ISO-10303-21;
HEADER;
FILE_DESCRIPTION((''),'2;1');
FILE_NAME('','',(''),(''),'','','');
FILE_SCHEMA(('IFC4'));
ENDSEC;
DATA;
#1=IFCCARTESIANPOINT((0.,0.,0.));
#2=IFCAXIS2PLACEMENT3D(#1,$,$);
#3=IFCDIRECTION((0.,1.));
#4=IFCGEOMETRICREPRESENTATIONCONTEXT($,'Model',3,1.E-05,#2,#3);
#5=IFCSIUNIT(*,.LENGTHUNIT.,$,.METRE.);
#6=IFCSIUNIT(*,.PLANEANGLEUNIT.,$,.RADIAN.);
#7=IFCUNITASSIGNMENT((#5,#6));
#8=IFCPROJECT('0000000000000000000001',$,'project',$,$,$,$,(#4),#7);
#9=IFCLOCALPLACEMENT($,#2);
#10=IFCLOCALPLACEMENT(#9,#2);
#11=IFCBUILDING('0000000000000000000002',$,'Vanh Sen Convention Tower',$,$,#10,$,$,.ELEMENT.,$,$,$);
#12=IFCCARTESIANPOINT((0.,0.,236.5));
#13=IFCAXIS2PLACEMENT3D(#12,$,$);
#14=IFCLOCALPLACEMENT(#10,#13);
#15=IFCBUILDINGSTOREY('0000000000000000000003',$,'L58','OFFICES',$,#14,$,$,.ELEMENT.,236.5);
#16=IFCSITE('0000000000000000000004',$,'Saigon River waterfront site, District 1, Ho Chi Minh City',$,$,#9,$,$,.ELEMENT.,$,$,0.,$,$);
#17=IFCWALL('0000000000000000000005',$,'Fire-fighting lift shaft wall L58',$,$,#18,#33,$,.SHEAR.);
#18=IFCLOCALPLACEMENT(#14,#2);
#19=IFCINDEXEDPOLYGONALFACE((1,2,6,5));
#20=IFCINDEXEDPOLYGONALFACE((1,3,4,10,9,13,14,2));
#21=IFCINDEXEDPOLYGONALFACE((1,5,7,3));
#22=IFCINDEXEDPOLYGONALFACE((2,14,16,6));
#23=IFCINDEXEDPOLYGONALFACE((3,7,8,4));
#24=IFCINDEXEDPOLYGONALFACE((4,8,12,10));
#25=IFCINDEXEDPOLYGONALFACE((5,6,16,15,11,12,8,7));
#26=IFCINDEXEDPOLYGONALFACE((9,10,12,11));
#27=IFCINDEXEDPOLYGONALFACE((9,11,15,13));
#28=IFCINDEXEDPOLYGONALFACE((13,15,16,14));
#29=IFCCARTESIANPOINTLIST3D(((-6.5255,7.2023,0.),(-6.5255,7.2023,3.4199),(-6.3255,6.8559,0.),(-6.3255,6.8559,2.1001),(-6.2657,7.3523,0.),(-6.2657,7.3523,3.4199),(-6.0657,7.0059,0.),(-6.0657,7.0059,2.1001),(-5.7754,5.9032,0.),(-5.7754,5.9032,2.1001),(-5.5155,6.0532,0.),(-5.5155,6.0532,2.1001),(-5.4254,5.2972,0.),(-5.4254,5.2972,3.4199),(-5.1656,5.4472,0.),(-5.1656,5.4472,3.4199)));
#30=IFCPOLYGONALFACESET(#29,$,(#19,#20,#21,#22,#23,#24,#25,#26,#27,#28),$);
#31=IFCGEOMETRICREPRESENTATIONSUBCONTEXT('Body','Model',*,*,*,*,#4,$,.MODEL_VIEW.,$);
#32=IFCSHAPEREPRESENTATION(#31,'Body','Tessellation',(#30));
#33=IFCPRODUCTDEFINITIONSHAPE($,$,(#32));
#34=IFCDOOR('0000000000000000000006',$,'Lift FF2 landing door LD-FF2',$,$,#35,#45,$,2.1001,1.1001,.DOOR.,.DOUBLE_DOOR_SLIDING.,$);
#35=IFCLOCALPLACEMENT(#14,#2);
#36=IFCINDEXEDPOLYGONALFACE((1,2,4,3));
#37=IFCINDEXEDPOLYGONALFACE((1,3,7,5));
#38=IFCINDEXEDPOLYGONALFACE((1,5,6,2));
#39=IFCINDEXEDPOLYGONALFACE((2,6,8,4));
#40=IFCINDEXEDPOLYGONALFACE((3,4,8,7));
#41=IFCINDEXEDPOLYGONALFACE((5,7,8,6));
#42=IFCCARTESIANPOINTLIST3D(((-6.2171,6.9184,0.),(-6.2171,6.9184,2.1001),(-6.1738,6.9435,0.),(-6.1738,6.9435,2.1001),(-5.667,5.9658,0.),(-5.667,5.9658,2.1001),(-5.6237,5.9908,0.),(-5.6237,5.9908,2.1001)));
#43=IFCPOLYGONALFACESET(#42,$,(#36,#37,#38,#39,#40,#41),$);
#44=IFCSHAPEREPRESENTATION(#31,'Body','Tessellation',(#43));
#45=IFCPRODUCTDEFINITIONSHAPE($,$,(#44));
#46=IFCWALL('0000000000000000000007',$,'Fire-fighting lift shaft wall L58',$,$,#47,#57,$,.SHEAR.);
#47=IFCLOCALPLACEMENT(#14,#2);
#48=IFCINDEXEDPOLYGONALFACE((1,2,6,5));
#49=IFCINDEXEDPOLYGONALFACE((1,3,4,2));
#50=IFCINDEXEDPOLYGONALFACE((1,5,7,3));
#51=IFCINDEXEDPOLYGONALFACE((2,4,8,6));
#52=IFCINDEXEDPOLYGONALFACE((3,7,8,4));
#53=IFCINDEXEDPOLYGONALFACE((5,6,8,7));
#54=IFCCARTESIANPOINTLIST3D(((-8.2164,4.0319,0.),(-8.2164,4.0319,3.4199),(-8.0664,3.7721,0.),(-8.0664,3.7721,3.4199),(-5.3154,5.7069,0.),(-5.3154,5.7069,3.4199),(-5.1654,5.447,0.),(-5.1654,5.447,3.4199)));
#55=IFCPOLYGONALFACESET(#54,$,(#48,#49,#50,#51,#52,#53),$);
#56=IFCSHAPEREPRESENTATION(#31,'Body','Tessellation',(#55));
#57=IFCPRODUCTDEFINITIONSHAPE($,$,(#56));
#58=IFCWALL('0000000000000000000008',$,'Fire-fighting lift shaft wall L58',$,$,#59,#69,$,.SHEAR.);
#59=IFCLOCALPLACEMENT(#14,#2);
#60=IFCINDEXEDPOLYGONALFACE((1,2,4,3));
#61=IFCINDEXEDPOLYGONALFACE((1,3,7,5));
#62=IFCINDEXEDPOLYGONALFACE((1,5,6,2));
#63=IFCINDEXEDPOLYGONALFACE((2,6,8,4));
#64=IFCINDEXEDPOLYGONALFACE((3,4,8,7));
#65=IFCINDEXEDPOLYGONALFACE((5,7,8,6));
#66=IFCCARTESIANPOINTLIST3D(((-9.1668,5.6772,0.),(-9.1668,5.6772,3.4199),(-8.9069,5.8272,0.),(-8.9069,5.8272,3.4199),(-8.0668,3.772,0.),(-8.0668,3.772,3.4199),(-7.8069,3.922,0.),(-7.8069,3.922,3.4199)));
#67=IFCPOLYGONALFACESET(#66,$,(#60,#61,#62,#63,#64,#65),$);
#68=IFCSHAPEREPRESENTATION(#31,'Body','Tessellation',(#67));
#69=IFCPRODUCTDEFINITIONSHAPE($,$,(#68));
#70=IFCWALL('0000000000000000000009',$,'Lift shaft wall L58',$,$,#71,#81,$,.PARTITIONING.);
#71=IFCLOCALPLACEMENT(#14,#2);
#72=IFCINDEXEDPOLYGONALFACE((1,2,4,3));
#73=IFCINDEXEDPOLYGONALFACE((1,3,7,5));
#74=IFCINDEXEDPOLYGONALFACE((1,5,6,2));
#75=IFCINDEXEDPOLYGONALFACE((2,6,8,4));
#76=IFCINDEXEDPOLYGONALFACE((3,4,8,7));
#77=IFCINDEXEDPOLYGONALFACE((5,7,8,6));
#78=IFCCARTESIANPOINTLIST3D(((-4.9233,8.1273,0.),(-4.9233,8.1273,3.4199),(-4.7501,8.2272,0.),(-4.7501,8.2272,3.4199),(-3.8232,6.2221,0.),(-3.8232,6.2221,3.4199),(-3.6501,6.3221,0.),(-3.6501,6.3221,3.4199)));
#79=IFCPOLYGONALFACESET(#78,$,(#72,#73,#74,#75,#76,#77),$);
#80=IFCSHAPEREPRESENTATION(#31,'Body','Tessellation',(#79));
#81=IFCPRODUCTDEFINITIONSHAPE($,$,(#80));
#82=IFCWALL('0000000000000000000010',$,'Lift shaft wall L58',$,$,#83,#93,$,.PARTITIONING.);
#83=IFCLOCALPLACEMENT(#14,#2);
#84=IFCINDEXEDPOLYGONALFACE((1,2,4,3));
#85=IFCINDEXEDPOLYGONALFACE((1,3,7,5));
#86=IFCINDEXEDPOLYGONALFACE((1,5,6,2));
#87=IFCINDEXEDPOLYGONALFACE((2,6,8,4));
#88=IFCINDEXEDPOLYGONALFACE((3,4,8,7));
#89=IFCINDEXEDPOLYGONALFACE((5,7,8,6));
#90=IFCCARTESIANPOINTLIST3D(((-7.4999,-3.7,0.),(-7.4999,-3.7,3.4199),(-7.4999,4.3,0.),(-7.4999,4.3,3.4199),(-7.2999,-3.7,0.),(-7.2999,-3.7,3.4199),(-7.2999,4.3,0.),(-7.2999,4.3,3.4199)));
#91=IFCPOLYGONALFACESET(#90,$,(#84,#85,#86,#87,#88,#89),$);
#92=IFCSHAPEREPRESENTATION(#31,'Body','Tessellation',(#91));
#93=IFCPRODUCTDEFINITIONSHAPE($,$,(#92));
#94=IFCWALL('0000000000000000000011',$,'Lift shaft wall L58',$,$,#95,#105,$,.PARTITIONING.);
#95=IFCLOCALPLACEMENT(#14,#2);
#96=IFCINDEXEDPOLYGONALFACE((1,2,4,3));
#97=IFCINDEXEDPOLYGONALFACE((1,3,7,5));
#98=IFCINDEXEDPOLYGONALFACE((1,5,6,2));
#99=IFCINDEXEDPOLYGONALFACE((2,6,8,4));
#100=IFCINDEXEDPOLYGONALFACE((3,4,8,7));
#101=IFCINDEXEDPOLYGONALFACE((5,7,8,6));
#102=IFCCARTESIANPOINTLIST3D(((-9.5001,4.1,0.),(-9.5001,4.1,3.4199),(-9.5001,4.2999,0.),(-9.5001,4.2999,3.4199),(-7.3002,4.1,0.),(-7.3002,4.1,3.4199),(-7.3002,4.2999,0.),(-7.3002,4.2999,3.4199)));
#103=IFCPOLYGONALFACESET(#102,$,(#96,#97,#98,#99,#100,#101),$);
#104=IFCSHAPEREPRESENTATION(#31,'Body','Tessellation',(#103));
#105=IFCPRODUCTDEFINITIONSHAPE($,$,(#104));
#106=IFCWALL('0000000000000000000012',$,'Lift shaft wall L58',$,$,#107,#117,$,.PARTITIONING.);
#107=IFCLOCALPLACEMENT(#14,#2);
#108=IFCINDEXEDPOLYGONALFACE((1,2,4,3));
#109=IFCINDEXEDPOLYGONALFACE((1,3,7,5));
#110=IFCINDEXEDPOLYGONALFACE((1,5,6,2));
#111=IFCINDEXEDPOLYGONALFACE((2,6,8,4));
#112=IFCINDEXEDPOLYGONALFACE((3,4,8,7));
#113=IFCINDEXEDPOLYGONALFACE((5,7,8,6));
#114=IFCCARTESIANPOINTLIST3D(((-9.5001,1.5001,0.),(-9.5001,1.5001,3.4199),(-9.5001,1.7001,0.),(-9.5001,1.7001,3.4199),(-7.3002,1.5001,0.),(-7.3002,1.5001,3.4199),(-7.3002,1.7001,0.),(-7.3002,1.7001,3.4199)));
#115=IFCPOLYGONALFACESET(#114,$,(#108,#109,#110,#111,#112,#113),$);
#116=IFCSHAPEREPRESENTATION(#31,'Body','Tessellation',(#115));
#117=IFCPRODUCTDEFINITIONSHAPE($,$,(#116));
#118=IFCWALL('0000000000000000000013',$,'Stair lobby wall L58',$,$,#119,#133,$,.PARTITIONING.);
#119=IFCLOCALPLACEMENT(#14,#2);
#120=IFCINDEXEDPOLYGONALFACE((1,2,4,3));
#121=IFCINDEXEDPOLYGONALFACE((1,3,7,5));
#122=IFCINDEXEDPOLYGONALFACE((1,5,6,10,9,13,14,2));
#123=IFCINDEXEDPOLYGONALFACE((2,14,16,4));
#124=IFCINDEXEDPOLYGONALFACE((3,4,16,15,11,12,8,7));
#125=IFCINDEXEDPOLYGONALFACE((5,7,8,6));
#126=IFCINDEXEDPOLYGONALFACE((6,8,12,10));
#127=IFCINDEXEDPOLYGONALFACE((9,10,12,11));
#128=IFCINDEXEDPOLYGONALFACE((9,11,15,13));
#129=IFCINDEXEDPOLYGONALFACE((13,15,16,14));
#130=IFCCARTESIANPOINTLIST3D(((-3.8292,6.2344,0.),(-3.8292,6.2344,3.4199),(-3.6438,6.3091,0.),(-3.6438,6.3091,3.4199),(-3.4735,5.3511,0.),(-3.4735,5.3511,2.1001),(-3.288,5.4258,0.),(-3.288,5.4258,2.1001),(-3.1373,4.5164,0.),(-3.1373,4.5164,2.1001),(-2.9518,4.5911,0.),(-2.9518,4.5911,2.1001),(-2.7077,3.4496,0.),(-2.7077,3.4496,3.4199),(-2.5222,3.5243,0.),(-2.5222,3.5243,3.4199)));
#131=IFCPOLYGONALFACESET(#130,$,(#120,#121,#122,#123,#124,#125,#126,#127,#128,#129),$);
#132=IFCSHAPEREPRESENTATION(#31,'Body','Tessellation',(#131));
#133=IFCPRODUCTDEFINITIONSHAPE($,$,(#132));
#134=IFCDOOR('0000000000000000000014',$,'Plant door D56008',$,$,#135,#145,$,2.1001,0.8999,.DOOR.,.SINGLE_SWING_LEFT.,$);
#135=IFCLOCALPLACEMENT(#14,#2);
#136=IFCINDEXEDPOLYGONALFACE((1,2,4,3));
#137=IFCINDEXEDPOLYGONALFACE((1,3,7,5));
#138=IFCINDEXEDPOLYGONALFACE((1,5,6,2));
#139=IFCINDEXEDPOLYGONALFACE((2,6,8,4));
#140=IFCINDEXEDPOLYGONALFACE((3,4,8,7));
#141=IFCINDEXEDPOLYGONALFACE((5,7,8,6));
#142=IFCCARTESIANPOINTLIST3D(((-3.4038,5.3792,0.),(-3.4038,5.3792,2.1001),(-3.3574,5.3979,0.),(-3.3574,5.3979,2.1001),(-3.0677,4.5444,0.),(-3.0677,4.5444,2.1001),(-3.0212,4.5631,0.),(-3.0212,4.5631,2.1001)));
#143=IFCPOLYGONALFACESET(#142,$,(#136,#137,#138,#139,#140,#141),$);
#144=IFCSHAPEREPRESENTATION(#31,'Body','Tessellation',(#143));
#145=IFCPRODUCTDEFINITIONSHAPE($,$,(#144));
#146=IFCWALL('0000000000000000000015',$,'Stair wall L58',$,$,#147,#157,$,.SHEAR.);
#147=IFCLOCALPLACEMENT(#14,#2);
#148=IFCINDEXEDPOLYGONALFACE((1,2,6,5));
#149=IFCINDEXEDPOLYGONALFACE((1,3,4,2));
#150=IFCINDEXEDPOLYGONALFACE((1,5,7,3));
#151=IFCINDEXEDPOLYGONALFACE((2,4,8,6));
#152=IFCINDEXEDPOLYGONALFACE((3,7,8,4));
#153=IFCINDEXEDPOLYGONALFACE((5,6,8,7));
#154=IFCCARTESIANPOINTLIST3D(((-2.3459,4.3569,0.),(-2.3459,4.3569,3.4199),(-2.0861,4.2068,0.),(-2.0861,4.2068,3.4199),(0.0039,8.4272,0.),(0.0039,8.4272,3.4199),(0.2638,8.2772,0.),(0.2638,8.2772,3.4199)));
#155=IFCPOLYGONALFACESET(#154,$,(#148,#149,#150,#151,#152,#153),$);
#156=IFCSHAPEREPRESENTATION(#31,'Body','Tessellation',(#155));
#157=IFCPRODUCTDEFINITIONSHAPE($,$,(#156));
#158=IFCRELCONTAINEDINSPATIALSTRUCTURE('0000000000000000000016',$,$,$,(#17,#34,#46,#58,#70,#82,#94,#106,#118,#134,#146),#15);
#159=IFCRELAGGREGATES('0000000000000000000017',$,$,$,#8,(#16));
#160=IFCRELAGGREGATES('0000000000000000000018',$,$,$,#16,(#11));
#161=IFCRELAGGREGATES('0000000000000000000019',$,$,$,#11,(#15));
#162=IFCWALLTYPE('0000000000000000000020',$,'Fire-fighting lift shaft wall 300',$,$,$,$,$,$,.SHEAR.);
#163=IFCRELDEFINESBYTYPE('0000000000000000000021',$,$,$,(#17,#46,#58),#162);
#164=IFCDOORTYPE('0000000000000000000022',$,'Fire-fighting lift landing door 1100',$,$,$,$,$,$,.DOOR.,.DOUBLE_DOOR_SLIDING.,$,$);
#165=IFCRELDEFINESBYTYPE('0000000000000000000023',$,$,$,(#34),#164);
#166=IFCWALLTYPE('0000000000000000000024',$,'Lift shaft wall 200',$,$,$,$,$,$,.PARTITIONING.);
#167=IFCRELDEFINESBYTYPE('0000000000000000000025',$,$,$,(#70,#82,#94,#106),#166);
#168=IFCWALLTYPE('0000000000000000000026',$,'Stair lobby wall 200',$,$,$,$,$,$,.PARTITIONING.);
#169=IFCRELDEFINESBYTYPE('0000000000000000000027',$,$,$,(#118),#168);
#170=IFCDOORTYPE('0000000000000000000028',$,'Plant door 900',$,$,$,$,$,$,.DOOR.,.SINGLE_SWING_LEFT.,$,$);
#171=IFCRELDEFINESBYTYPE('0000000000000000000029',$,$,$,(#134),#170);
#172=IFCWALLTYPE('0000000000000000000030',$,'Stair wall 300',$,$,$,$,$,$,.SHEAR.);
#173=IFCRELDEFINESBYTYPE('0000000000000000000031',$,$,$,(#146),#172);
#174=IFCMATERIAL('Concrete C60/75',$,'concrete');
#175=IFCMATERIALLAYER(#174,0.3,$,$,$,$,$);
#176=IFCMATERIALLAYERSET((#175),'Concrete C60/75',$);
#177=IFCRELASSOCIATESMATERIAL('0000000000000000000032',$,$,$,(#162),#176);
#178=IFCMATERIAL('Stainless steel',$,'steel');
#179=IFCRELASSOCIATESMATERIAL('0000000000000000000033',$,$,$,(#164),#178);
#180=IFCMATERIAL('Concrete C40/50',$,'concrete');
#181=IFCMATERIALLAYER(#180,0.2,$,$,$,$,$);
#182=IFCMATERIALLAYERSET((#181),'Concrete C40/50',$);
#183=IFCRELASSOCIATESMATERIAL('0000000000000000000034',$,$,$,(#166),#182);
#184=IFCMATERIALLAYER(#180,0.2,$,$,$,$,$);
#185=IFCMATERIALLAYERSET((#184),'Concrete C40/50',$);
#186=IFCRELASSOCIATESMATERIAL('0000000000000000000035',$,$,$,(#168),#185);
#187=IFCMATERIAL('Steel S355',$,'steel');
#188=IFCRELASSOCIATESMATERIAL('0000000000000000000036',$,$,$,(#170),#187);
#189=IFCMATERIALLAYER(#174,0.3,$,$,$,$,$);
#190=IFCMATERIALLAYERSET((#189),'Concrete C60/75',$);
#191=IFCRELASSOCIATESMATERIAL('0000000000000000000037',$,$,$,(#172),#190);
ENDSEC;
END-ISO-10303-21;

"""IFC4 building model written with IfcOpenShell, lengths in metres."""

from ifc_helpers import new_model, si_unit, direction, frame, frame_2d, origin, place, context, subcontext, project, spatial, rectangle, extrude, material, layer, layer_set, type_object, element, fill, save


model = new_model("IFC4")

# Units and contexts
model_context = context("Model", 3, precision=1e-05, world=origin(), true_north=direction((0.0, 1.0)))
body_context = subcontext(model_context, "Body", "Model", "MODEL_VIEW")
ifc_project = project(units=[si_unit("LENGTHUNIT", "METRE"), si_unit("PLANEANGLEUNIT", "RADIAN")], contexts=[model_context])

# Site, building, storey
site_placement = place(None, origin())
site = spatial("IfcSite", under=ifc_project, at=site_placement, Name="Saigon River waterfront site, District 1, Ho Chi Minh City", CompositionType="ELEMENT", RefElevation=0.0)
building_placement = place(site_placement, origin())
building = spatial("IfcBuilding", under=site, at=building_placement, Name="Vanh Sen Convention Tower", CompositionType="ELEMENT")
storey_placement = place(building_placement, frame((0.0, 0.0, 236.5)))
storey = spatial("IfcBuildingStorey", under=building, at=storey_placement, Name="L58", Description="OFFICES", CompositionType="ELEMENT", Elevation=236.5)

# Shared definitions
ifc_material_1 = material(Name="Concrete C60/75", Category="concrete")
ifc_material_2 = material(Name="Stainless steel", Category="steel")

# Wall, opening, door
ifc_layer_1 = layer(ifc_material_1, 0.3)
ifc_layer_set_1 = layer_set([ifc_layer_1], Name="Concrete C60/75")
wall_type_1 = type_object("IfcWallType", Name="Fire-fighting lift shaft wall 300", PredefinedType="SHEAR", material=ifc_layer_set_1)
wall_1_placement = place(storey_placement, frame((-5.2954, 5.3721, 0.0), z_axis=(0.0, 0.0, 1.0), x_axis=(-0.500078, 0.86598, 0.0)))
wall_1 = element("IfcWall", 1, at=wall_1_placement, inside=storey, type_object=wall_type_1, Name="Fire-fighting lift shaft wall L58", PredefinedType="SHEAR", context=body_context, shape_type="SweptSolid", body=[
    extrude(rectangle(XDim=2.2, YDim=0.3, at=frame_2d((1.1001, 0.0))), origin(), (0.0, 0.0, 1.0), 3.4199),
])
opening_1_placement = place(wall_1_placement, frame((0.7, 0.0, 0.0)))
opening_1 = element("IfcOpeningElement", 2, at=opening_1_placement, cuts=wall_1, PredefinedType="OPENING", context=body_context, shape_type="SweptSolid", body=[
    extrude(rectangle(XDim=1.1001, YDim=2.1001, at=frame_2d((0.55, 1.05))), frame((0.0, 0.1599, 0.0), z_axis=(0.0, -1.0, 0.0), x_axis=(1.0, 0.0, 0.0)), (0.0, 0.0, 1.0), 0.3201),
])
door_type_1 = type_object("IfcDoorType", Name="Fire-fighting lift landing door 1100", OperationType="DOUBLE_DOOR_SLIDING", PredefinedType="DOOR", material=ifc_material_2)
door_1_placement = place(opening_1_placement, origin())
door_1 = element("IfcDoor", 3, at=door_1_placement, inside=storey, type_object=door_type_1, Name="Lift FF2 landing door LD-FF2", OperationType="DOUBLE_DOOR_SLIDING", OverallHeight=2.1001, OverallWidth=1.1001, PredefinedType="DOOR", context=body_context, shape_type="SweptSolid", body=[
    extrude(rectangle(XDim=1.1001, YDim=2.1001, at=frame_2d((0.55, 1.05))), frame((0.0, 0.0249, 0.0), z_axis=(0.0, -1.0, 0.0), x_axis=(1.0, 0.0, 0.0)), (0.0, 0.0, 1.0), 0.05),
])
fill(opening_1, door_1)

# Walls
wall_2_placement = place(storey_placement, frame((-5.2405, 5.5769, 0.0), z_axis=(0.0, 0.0, 1.0), x_axis=(-0.866014, -0.500019, 0.0)))
element("IfcWall", 4, at=wall_2_placement, inside=storey, type_object=wall_type_1, Name="Fire-fighting lift shaft wall L58", PredefinedType="SHEAR", context=body_context, shape_type="SweptSolid", body=[
    extrude(rectangle(XDim=3.3499, YDim=0.3, at=frame_2d((1.6748, 0.0))), origin(), (0.0, 0.0, 1.0), 3.4199),
])
wall_3_placement = place(storey_placement, frame((-7.9368, 3.8469, 0.0), z_axis=(0.0, 0.0, 1.0), x_axis=(-0.50003, 0.866008, 0.0)))
element("IfcWall", 5, at=wall_3_placement, inside=storey, type_object=wall_type_1, Name="Fire-fighting lift shaft wall L58", PredefinedType="SHEAR", context=body_context, shape_type="SweptSolid", body=[
    extrude(rectangle(XDim=2.2, YDim=0.3, at=frame_2d((1.1001, 0.0))), origin(), (0.0, 0.0, 1.0), 3.4199),
])
ifc_material_3 = material(Name="Concrete C40/50", Category="concrete")
ifc_layer_2 = layer(ifc_material_3, 0.2)
ifc_layer_set_2 = layer_set([ifc_layer_2], Name="Concrete C40/50")
wall_type_2 = type_object("IfcWallType", Name="Lift shaft wall 200", PredefinedType="PARTITIONING", material=ifc_layer_set_2)
wall_4_placement = place(storey_placement, frame((-3.7366, 6.272, 0.0), z_axis=(0.0, 0.0, 1.0), x_axis=(-0.50003, 0.866008, 0.0)))
element("IfcWall", 6, at=wall_4_placement, inside=storey, type_object=wall_type_2, Name="Lift shaft wall L58", PredefinedType="PARTITIONING", context=body_context, shape_type="SweptSolid", body=[
    extrude(rectangle(XDim=2.2, YDim=0.2, at=frame_2d((1.1001, 0.0))), origin(), (0.0, 0.0, 1.0), 3.4199),
])
wall_5_placement = place(storey_placement, frame((-7.3999, 4.3, 0.0), z_axis=(0.0, 0.0, 1.0), x_axis=(0.0, -1.0, 0.0)))
element("IfcWall", 7, at=wall_5_placement, inside=storey, type_object=wall_type_2, Name="Lift shaft wall L58", PredefinedType="PARTITIONING", context=body_context, shape_type="SweptSolid", body=[
    extrude(rectangle(XDim=8.0, YDim=0.2, at=frame_2d((4.0, 0.0))), origin(), (0.0, 0.0, 1.0), 3.4199),
])
for number, where, z_axis, x_axis, name in (
    (8, (-7.3, 4.2, 0.0), (0.0, 0.0, 1.0), (-1.0, 0.0, 0.0), "Lift shaft wall L58"),
    (9, (-7.3, 1.6001, 0.0), (0.0, 0.0, 1.0), (-1.0, 0.0, 0.0), "Lift shaft wall L58"),
):
    element("IfcWall", number, at=place(storey_placement, frame(where, z_axis=z_axis, x_axis=x_axis)), inside=storey, type_object=wall_type_2, Name=name, PredefinedType="PARTITIONING", context=body_context, shape_type="SweptSolid", body=[
        extrude(rectangle(XDim=2.2, YDim=0.2, at=frame_2d((1.1001, 0.0))), origin(), (0.0, 0.0, 1.0), 3.4199),
    ])

# Wall, opening, door
ifc_layer_3 = layer(ifc_material_3, 0.2)
ifc_layer_set_3 = layer_set([ifc_layer_3], Name="Concrete C40/50")
wall_type_3 = type_object("IfcWallType", Name="Stair lobby wall 200", PredefinedType="PARTITIONING", material=ifc_layer_set_3)
wall_6_placement = place(storey_placement, frame((-2.615, 3.4871, 0.0), z_axis=(0.0, 0.0, 1.0), x_axis=(-0.373577, 0.927599, 0.0)))
wall_6 = element("IfcWall", 10, at=wall_6_placement, inside=storey, type_object=wall_type_3, Name="Stair lobby wall L58", PredefinedType="PARTITIONING", context=body_context, shape_type="SweptSolid", body=[
    extrude(rectangle(XDim=3.0022, YDim=0.2, at=frame_2d((1.501, 0.0))), origin(), (0.0, 0.0, 1.0), 3.4199),
])
opening_2_placement = place(wall_6_placement, frame((1.1499, 0.0, 0.0)))
opening_2 = element("IfcOpeningElement", 11, at=opening_2_placement, cuts=wall_6, PredefinedType="OPENING", context=body_context, shape_type="SweptSolid", body=[
    extrude(rectangle(XDim=0.8999, YDim=2.1001, at=frame_2d((0.45, 1.05))), frame((0.0, 0.1099, 0.0), z_axis=(0.0, -1.0, 0.0), x_axis=(1.0, 0.0, 0.0)), (0.0, 0.0, 1.0), 0.22),
])
ifc_material_4 = material(Name="Steel S355", Category="steel")
door_type_2 = type_object("IfcDoorType", Name="Plant door 900", OperationType="SINGLE_SWING_LEFT", PredefinedType="DOOR", material=ifc_material_4)
door_2_placement = place(opening_2_placement, origin())
door_2 = element("IfcDoor", 12, at=door_2_placement, inside=storey, type_object=door_type_2, Name="Plant door D56008", OperationType="SINGLE_SWING_LEFT", OverallHeight=2.1001, OverallWidth=0.8999, PredefinedType="DOOR", context=body_context, shape_type="SweptSolid", body=[
    extrude(rectangle(XDim=0.8999, YDim=2.1001, at=frame_2d((0.45, 1.05))), frame((0.0, 0.0249, 0.0), z_axis=(0.0, -1.0, 0.0), x_axis=(1.0, 0.0, 0.0)), (0.0, 0.0, 1.0), 0.05),
])
fill(opening_2, door_2)

# Wall
ifc_layer_4 = layer(ifc_material_1, 0.3)
ifc_layer_set_4 = layer_set([ifc_layer_4], Name="Concrete C60/75")
wall_type_4 = type_object("IfcWallType", Name="Stair wall 300", PredefinedType="SHEAR", material=ifc_layer_set_4)
wall_7_placement = place(storey_placement, frame((-2.2161, 4.2817, 0.0), z_axis=(0.0, 0.0, 1.0), x_axis=(0.499977, 0.866039, 0.0)))
element("IfcWall", 13, at=wall_7_placement, inside=storey, type_object=wall_type_4, Name="Stair wall L58", PredefinedType="SHEAR", context=body_context, shape_type="SweptSolid", body=[
    extrude(rectangle(XDim=4.7, YDim=0.3, at=frame_2d((2.3501, 0.0))), origin(), (0.0, 0.0, 1.0), 3.4199),
])

save(model, "model.ifc")
